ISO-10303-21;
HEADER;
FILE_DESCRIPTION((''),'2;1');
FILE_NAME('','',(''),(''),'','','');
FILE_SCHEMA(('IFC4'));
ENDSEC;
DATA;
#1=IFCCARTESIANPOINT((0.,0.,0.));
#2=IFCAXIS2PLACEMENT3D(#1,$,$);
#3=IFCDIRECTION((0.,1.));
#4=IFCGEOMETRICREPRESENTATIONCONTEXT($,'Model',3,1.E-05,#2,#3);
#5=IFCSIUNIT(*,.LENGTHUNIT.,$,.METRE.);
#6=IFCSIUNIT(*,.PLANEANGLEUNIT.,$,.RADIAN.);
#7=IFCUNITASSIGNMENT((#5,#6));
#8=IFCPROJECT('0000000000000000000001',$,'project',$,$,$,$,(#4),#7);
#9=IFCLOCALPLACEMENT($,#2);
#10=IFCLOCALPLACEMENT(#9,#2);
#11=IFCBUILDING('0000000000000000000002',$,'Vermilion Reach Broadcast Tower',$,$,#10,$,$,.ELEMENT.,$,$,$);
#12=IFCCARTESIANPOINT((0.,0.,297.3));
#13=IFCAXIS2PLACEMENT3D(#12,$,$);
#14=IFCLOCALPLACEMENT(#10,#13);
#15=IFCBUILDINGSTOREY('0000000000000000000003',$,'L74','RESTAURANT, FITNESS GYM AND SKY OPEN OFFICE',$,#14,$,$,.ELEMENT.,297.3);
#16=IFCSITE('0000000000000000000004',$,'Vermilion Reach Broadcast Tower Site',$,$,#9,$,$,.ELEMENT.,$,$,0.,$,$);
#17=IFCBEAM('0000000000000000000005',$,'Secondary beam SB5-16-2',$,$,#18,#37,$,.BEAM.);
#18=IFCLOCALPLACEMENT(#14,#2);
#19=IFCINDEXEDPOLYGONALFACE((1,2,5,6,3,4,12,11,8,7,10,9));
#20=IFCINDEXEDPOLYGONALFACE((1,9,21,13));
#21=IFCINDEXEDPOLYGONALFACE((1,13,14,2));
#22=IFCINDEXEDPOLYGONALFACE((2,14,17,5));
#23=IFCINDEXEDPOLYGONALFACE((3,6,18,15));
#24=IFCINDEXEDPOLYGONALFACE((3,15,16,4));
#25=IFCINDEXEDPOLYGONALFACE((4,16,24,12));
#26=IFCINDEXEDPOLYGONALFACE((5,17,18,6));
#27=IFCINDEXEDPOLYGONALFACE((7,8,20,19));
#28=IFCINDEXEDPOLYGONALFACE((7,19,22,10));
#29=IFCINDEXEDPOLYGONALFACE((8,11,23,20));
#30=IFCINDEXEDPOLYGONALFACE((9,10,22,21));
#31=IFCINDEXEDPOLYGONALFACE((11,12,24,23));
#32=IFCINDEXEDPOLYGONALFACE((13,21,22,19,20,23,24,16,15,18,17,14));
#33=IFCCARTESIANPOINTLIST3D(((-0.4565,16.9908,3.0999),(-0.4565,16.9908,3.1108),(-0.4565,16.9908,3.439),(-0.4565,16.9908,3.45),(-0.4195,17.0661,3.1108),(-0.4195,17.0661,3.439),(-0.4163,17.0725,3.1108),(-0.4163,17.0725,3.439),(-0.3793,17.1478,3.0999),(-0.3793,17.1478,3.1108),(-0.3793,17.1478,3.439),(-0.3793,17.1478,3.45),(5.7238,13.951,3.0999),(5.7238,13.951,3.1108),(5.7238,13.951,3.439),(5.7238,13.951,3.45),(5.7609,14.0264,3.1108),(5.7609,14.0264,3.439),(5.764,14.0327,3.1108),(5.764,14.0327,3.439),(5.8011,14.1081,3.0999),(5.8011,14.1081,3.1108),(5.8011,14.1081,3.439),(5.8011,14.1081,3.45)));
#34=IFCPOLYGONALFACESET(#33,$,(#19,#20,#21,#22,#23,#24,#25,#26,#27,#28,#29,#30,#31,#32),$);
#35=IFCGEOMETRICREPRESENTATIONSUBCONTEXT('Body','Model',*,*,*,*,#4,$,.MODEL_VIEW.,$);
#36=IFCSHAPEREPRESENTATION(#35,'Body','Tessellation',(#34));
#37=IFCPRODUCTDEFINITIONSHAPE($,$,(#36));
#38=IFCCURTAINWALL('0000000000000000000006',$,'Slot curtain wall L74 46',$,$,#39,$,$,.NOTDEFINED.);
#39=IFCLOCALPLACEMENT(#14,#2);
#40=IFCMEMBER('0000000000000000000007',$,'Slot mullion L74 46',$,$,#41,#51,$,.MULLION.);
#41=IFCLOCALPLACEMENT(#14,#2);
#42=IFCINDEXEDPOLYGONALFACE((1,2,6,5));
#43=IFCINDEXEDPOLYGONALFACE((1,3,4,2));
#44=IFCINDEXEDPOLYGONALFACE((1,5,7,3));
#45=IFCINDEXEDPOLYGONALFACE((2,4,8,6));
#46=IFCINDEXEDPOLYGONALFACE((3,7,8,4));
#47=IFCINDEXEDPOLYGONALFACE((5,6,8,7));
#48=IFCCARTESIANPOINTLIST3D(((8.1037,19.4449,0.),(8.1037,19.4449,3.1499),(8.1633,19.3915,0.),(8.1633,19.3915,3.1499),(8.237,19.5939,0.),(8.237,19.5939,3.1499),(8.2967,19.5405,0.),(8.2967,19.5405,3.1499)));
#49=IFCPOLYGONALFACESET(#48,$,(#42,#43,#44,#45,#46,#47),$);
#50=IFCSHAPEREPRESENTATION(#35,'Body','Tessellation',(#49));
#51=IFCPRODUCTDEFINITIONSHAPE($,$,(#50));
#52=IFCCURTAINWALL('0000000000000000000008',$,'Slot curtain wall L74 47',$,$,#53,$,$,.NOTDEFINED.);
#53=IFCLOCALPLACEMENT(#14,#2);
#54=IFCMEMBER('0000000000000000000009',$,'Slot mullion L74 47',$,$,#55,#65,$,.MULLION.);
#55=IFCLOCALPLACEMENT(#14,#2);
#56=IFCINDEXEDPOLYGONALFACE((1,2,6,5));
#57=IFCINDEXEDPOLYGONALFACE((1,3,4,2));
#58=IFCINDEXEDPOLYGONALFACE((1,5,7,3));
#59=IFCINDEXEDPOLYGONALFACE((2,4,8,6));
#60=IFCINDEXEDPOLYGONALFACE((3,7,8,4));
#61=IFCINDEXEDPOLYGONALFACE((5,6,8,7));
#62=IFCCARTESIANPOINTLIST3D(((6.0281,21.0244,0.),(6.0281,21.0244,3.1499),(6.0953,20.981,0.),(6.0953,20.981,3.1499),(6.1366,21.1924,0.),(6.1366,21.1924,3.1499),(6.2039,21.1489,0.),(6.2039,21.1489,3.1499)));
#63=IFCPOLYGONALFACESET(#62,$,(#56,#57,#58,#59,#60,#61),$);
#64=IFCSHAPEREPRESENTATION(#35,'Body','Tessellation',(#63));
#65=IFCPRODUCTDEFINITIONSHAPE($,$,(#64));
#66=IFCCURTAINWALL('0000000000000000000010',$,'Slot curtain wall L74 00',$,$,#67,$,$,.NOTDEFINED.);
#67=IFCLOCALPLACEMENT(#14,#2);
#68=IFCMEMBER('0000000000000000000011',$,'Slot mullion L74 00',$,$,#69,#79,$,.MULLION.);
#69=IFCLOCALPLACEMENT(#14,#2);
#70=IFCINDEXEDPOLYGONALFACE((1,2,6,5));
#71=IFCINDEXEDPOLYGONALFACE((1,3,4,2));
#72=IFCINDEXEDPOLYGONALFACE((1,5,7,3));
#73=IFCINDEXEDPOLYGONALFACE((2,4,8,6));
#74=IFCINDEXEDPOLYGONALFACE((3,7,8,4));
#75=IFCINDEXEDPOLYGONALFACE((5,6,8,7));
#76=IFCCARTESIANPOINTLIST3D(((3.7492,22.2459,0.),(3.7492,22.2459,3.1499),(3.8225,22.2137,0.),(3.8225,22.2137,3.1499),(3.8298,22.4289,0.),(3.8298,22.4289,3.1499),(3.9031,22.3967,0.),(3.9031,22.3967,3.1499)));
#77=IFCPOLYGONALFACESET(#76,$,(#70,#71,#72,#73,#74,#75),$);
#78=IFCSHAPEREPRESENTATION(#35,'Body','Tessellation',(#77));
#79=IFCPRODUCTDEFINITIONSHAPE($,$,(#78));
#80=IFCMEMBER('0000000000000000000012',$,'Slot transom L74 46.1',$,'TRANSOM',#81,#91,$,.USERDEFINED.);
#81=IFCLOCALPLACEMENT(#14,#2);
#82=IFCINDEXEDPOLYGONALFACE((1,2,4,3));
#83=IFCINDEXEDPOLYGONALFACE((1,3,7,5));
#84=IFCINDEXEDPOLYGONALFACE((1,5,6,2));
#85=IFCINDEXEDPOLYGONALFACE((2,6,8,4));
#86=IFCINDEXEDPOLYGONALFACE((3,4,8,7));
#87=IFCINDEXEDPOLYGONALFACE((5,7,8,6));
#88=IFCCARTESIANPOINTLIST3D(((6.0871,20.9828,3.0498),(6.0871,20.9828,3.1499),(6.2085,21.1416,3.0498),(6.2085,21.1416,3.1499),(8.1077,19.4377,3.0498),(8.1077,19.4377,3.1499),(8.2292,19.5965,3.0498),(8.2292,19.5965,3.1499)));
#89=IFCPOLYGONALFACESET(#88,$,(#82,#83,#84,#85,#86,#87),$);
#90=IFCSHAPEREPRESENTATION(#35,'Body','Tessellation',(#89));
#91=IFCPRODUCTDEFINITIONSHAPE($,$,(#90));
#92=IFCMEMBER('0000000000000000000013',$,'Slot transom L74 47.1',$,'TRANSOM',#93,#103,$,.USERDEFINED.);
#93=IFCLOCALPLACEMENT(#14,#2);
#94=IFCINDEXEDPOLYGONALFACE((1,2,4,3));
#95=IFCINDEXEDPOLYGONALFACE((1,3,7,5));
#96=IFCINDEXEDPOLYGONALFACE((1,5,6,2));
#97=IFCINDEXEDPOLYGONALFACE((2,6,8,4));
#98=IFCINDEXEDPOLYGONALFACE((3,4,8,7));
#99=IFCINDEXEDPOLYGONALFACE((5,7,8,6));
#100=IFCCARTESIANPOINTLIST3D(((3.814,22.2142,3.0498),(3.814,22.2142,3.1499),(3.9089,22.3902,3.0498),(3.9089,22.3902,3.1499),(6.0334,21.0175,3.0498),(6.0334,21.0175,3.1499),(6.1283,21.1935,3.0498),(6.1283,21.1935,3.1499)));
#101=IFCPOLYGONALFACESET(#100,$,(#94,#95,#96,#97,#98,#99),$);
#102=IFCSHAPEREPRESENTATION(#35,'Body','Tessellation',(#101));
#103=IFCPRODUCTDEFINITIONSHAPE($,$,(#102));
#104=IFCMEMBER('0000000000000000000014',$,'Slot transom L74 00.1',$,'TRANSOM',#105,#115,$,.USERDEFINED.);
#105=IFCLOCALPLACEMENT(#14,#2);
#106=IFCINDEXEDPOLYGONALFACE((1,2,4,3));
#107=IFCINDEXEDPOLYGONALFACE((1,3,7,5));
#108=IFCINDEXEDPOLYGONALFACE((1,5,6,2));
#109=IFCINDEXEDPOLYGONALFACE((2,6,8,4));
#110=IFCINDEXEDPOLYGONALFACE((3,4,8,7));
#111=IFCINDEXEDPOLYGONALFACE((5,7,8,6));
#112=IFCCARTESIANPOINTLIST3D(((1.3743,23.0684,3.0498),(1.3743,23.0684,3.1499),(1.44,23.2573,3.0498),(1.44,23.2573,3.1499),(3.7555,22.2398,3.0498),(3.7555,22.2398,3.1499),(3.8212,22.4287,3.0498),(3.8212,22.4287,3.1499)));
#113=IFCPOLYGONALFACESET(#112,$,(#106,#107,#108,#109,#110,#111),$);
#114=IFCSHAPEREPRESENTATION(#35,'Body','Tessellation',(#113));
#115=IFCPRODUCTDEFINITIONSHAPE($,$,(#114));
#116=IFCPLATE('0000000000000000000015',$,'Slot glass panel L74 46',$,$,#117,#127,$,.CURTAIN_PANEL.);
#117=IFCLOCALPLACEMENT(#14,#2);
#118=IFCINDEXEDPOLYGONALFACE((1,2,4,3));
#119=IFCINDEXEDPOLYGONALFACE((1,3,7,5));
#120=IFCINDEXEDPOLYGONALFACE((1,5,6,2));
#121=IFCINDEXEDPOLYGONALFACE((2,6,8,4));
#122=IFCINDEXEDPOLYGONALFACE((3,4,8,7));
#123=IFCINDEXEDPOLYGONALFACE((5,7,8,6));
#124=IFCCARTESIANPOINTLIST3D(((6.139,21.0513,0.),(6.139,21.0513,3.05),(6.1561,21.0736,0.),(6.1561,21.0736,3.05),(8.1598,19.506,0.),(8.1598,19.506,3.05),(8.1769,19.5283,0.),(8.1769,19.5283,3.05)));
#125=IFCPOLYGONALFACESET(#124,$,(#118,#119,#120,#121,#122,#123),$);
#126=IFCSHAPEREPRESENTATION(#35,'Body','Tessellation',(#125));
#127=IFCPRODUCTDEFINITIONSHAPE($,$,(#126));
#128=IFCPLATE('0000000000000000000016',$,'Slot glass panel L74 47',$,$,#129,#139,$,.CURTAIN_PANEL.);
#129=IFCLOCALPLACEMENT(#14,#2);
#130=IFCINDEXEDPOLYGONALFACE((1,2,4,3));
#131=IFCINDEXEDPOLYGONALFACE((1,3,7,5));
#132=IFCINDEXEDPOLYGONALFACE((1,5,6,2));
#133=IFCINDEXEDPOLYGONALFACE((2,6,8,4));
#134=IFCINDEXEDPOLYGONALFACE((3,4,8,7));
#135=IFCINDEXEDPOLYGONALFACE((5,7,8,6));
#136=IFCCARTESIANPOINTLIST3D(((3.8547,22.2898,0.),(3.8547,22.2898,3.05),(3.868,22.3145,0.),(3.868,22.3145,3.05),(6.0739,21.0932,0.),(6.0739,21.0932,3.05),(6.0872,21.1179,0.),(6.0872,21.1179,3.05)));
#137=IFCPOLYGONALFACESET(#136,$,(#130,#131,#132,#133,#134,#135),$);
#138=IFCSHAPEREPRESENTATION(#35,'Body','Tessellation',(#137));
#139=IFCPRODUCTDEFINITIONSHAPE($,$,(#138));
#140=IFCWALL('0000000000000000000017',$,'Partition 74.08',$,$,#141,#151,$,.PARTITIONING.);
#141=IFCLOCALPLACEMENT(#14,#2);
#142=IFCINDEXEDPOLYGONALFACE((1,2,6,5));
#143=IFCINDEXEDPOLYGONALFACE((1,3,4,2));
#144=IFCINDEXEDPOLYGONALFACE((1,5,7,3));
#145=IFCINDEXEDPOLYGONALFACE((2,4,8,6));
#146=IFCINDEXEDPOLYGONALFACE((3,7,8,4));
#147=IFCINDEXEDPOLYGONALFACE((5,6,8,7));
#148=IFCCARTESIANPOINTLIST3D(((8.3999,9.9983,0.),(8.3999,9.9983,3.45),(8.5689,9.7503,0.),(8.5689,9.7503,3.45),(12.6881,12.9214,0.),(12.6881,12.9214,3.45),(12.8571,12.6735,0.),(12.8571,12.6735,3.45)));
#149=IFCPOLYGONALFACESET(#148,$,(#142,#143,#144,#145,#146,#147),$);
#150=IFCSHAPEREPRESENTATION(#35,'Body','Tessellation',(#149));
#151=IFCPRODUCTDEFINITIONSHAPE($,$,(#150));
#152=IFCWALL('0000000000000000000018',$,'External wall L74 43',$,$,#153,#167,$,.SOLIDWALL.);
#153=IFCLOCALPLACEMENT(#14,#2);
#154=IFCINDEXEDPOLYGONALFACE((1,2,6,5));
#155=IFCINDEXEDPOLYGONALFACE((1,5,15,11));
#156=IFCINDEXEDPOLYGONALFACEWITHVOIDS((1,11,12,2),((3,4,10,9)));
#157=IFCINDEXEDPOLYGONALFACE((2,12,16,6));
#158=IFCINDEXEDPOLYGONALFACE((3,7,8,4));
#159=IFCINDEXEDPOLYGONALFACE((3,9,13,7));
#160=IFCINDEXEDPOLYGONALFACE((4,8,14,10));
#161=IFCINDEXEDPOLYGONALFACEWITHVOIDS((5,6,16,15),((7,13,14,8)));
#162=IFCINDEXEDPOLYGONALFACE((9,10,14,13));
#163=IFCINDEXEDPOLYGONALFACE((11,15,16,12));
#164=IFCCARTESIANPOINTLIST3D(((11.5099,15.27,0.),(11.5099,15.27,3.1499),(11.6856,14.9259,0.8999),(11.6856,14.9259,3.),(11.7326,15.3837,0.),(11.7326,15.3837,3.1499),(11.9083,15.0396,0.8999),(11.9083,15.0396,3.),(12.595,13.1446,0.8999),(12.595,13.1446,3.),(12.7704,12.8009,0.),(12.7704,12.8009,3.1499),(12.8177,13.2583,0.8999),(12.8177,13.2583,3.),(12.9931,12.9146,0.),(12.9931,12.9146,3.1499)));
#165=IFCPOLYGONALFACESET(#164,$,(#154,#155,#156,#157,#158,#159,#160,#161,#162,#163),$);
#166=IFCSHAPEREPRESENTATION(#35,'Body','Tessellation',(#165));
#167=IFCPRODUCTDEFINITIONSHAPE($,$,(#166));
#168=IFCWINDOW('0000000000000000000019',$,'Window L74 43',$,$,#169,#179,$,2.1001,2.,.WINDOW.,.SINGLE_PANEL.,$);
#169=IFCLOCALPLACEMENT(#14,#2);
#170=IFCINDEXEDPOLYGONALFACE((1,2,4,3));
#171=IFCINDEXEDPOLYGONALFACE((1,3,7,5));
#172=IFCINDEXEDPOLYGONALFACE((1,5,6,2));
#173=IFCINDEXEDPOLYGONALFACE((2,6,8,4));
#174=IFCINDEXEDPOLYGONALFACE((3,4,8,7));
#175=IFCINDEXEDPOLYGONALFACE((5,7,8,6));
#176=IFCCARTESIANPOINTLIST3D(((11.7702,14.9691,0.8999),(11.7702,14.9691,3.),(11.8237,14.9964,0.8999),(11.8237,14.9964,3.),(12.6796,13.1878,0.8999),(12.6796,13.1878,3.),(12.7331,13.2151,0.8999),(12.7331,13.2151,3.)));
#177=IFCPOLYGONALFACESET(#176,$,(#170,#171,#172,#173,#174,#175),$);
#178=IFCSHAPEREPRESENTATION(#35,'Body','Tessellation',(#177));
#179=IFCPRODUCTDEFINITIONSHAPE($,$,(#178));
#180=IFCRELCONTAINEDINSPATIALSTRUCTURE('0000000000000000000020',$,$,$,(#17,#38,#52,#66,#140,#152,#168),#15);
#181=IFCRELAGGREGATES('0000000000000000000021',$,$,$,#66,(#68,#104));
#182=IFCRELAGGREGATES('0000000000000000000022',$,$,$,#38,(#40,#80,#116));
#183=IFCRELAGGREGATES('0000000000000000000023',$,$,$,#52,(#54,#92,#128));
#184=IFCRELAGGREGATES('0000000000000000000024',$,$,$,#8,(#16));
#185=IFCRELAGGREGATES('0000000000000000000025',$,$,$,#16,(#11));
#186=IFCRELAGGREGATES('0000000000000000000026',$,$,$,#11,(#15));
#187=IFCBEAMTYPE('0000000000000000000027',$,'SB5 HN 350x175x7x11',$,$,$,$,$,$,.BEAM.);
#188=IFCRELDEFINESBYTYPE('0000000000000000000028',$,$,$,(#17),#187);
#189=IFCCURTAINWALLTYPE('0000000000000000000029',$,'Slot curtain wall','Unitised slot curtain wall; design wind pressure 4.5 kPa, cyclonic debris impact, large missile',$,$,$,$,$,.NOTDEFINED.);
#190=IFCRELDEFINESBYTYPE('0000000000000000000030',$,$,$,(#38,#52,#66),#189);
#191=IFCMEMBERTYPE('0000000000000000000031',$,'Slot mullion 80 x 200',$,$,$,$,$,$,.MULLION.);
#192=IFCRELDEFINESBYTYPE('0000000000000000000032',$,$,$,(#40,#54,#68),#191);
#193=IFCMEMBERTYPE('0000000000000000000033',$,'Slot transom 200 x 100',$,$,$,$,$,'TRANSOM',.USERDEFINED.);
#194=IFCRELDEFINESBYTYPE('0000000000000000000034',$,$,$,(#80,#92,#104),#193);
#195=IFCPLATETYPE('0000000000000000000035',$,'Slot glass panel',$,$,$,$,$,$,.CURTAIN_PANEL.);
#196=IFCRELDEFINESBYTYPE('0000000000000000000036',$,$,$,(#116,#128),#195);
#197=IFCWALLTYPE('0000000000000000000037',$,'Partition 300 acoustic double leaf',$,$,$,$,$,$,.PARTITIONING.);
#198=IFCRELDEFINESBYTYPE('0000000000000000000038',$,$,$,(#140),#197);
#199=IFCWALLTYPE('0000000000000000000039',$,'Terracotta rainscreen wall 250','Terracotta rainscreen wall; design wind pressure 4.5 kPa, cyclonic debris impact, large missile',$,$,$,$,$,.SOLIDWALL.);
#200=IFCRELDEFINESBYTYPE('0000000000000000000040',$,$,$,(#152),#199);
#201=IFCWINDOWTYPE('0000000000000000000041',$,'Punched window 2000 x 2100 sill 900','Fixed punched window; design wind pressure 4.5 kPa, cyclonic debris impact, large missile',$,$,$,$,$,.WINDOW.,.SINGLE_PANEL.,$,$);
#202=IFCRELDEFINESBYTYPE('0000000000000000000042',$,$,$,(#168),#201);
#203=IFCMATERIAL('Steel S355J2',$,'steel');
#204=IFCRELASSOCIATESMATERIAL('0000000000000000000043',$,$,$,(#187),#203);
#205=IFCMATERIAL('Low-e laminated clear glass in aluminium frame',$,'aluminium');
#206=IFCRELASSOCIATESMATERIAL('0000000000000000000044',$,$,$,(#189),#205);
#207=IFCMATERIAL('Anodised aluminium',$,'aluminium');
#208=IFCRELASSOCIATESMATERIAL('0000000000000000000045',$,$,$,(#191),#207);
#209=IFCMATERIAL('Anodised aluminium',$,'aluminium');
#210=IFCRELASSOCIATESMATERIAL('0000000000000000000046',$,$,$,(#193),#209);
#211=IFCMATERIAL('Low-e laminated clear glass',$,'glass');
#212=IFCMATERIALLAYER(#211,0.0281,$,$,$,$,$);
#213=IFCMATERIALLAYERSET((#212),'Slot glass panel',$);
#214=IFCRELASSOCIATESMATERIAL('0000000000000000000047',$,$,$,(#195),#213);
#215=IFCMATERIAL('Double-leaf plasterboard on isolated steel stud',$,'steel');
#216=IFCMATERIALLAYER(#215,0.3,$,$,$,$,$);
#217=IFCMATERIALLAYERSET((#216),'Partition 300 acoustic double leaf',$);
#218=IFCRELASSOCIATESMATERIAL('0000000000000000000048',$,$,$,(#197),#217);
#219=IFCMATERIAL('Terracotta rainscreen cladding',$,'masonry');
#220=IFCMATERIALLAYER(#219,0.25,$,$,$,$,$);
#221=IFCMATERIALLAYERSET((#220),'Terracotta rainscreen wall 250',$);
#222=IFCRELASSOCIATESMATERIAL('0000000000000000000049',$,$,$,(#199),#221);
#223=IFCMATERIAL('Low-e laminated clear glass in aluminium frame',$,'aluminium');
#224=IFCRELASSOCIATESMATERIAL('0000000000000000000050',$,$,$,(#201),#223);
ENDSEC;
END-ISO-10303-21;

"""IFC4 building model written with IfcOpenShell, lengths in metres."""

from ifc_helpers import new_model, si_unit, direction, frame, frame_2d, origin, origin_2d, place, context, subcontext, project, spatial, rectangle, i_section, extrude, material, layer, layer_set, material_profile, profile_set, type_object, element, fill, aggregate, save


model = new_model("IFC4")

# Units and contexts
model_context = context("Model", 3, precision=1e-05, world=origin(), true_north=direction((0.0, 1.0)))
body_context = subcontext(model_context, "Body", "Model", "MODEL_VIEW")
ifc_project = project(units=[si_unit("LENGTHUNIT", "METRE"), si_unit("PLANEANGLEUNIT", "RADIAN")], contexts=[model_context])

# Site, building, storey
site_placement = place(None, origin())
site = spatial("IfcSite", under=ifc_project, at=site_placement, Name="Vermilion Reach Broadcast Tower Site", CompositionType="ELEMENT", RefElevation=0.0)
building_placement = place(site_placement, origin())
building = spatial("IfcBuilding", under=site, at=building_placement, Name="Vermilion Reach Broadcast Tower", CompositionType="ELEMENT")
storey_placement = place(building_placement, frame((0.0, 0.0, 297.3)))
storey = spatial("IfcBuildingStorey", under=building, at=storey_placement, Name="L74", Description="RESTAURANT, FITNESS GYM AND SKY OPEN OFFICE", CompositionType="ELEMENT", Elevation=297.3)

# Beam
ifc_material_1 = material(Name="Steel S355J2", Category="steel")
ifc_material_profile_1 = material_profile(ifc_material_1, i_section(OverallWidth=0.175, OverallDepth=0.3501, WebThickness=0.0071, FlangeThickness=0.011, at=origin_2d()), Name="S355J2 HN 350x175x7x11")
ifc_profile_set_1 = profile_set([ifc_material_profile_1], Name="Steel S355J2")
beam_type_1 = type_object("IfcBeamType", Name="SB5 HN 350x175x7x11", PredefinedType="BEAM", material=ifc_profile_set_1)
beam_1_placement = place(storey_placement, frame((5.7625, 14.0295, 3.2749), z_axis=(-0.897336, 0.441348, 0.0), x_axis=(-0.441348, -0.897336, 0.0)))
element("IfcBeam", 1, at=beam_1_placement, inside=storey, type_object=beam_type_1, Name="Secondary beam SB5-16-2", PredefinedType="BEAM", context=body_context, shape_type="SweptSolid", body=[
    extrude(i_section(OverallWidth=0.175, OverallDepth=0.3501, WebThickness=0.0071, FlangeThickness=0.011, at=origin_2d()), origin(), (0.0, 0.0, 1.0), 6.8875),
])

# Curtain walls, members
ifc_material_2 = material(Name="Low-e laminated clear glass in aluminium frame", Category="aluminium")
curtain_wall_type = type_object("IfcCurtainWallType", Name="Slot curtain wall", Description="Unitised slot curtain wall; design wind pressure 4.5 kPa, cyclonic debris impact, large missile", PredefinedType="NOTDEFINED", material=ifc_material_2)
placement = place(storey_placement, origin())
curtain_wall_1 = element("IfcCurtainWall", 2, at=placement, inside=storey, type_object=curtain_wall_type, Name="Slot curtain wall L74 46", PredefinedType="NOTDEFINED")
ifc_material_3 = material(Name="Anodised aluminium", Category="aluminium")
ifc_material_profile_2 = material_profile(ifc_material_3, rectangle(XDim=0.2, YDim=0.0801, at=origin_2d()), Name="Slot mullion 80 x 200")
ifc_profile_set_2 = profile_set([ifc_material_profile_2], Name="Anodised aluminium")
member_type_1 = type_object("IfcMemberType", Name="Slot mullion 80 x 200", PredefinedType="MULLION", material=ifc_profile_set_2)
member_1_placement = place(storey_placement, frame((8.2002, 19.4927, 0.0), z_axis=(0.0, 0.0, 1.0), x_axis=(-0.666968, -0.745086, 0.0)))
member_1 = element("IfcMember", 3, at=member_1_placement, type_object=member_type_1, Name="Slot mullion L74 46", PredefinedType="MULLION", context=body_context, shape_type="SweptSolid", body=[
    extrude(rectangle(XDim=0.2, YDim=0.0801, at=origin_2d()), origin(), (0.0, 0.0, 1.0), 3.1499),
])
curtain_wall_2 = element("IfcCurtainWall", 4, at=placement, inside=storey, type_object=curtain_wall_type, Name="Slot curtain wall L74 47", PredefinedType="NOTDEFINED")
member_2_placement = place(storey_placement, frame((6.116, 21.0867, 0.0), z_axis=(0.0, 0.0, 1.0), x_axis=(-0.542719, -0.839914, 0.0)))
member_2 = element("IfcMember", 5, at=member_2_placement, type_object=member_type_1, Name="Slot mullion L74 47", PredefinedType="MULLION", context=body_context, shape_type="SweptSolid", body=[
    extrude(rectangle(XDim=0.2, YDim=0.0801, at=origin_2d()), origin(), (0.0, 0.0, 1.0), 3.1499),
])
curtain_wall_3 = element("IfcCurtainWall", 6, at=placement, inside=storey, type_object=curtain_wall_type, Name="Slot curtain wall L74 00", PredefinedType="NOTDEFINED")
member_3_placement = place(storey_placement, frame((3.8262, 22.3213, 0.0), z_axis=(0.0, 0.0, 1.0), x_axis=(-0.402906, -0.915241, 0.0)))
member_3 = element("IfcMember", 7, at=member_3_placement, type_object=member_type_1, Name="Slot mullion L74 00", PredefinedType="MULLION", context=body_context, shape_type="SweptSolid", body=[
    extrude(rectangle(XDim=0.2, YDim=0.0801, at=origin_2d()), origin(), (0.0, 0.0, 1.0), 3.1499),
])

# Members
ifc_material_4 = material(Name="Anodised aluminium", Category="aluminium")
ifc_material_profile_3 = material_profile(ifc_material_4, rectangle(XDim=0.2, YDim=0.1001, at=origin_2d()), Name="Slot transom 200 x 100")
ifc_profile_set_3 = profile_set([ifc_material_profile_3], Name="Anodised aluminium")
member_type_2 = type_object("IfcMemberType", Name="Slot transom 200 x 100", ElementType="TRANSOM", PredefinedType="USERDEFINED", material=ifc_profile_set_3)
member_4_placement = place(storey_placement, frame((8.1685, 19.5171, 3.0999), z_axis=(-0.79438, 0.607422, 0.0), x_axis=(-0.607422, -0.79438, 0.0)))
member_4 = element("IfcMember", 8, at=member_4_placement, type_object=member_type_2, Name="Slot transom L74 46.1", ObjectType="TRANSOM", PredefinedType="USERDEFINED", context=body_context, shape_type="SweptSolid", body=[
    extrude(rectangle(XDim=0.2, YDim=0.1001, at=origin_2d()), origin(), (0.0, 0.0, 1.0), 2.5437),
])
member_5_placement = place(storey_placement, frame((6.0808, 21.1055, 3.0999), z_axis=(-0.880194, 0.474614, 0.0), x_axis=(-0.474614, -0.880194, 0.0)))
member_5 = element("IfcMember", 9, at=member_5_placement, type_object=member_type_2, Name="Slot transom L74 47.1", ObjectType="TRANSOM", PredefinedType="USERDEFINED", context=body_context, shape_type="SweptSolid", body=[
    extrude(rectangle(XDim=0.2, YDim=0.1001, at=origin_2d()), origin(), (0.0, 0.0, 1.0), 2.5215),
])
member_6_placement = place(storey_placement, frame((3.7883, 22.3342, 3.0999), z_axis=(-0.944447, 0.328663, 0.0), x_axis=(-0.328663, -0.944447, 0.0)))
member_6 = element("IfcMember", 10, at=member_6_placement, type_object=member_type_2, Name="Slot transom L74 00.1", ObjectType="TRANSOM", PredefinedType="USERDEFINED", context=body_context, shape_type="SweptSolid", body=[
    extrude(rectangle(XDim=0.2, YDim=0.1001, at=origin_2d()), origin(), (0.0, 0.0, 1.0), 2.5212),
])
aggregate(curtain_wall_3, [member_3, member_6])

# Plates
ifc_material_5 = material(Name="Low-e laminated clear glass", Category="glass")
ifc_layer_1 = layer(ifc_material_5, 0.0281)
ifc_layer_set_1 = layer_set([ifc_layer_1], Name="Slot glass panel")
plate_type = type_object("IfcPlateType", Name="Slot glass panel", PredefinedType="CURTAIN_PANEL", material=ifc_layer_set_1)
plate_1_placement = place(storey_placement, frame((7.158, 20.2898, 0.0), z_axis=(0.0, 0.0, 1.0), x_axis=(-0.794366, 0.607439, 0.0)))
plate_1 = element("IfcPlate", 11, at=plate_1_placement, type_object=plate_type, Name="Slot glass panel L74 46", PredefinedType="CURTAIN_PANEL", context=body_context, shape_type="SweptSolid", body=[
    extrude(rectangle(XDim=2.5439, YDim=0.0281, at=origin_2d()), origin(), (0.0, 0.0, 1.0), 3.05),
])
aggregate(curtain_wall_1, [member_1, member_4, plate_1])
plate_2_placement = place(storey_placement, frame((4.9709, 21.7039, 0.0), z_axis=(0.0, 0.0, 1.0), x_axis=(-0.880202, 0.474599, 0.0)))
plate_2 = element("IfcPlate", 12, at=plate_2_placement, type_object=plate_type, Name="Slot glass panel L74 47", PredefinedType="CURTAIN_PANEL", context=body_context, shape_type="SweptSolid", body=[
    extrude(rectangle(XDim=2.5212, YDim=0.0281, at=origin_2d()), origin(), (0.0, 0.0, 1.0), 3.05),
])
aggregate(curtain_wall_2, [member_2, member_5, plate_2])

# Wall
ifc_material_6 = material(Name="Double-leaf plasterboard on isolated steel stud", Category="steel")
ifc_layer_2 = layer(ifc_material_6, 0.3)
ifc_layer_set_2 = layer_set([ifc_layer_2], Name="Partition 300 acoustic double leaf")
wall_type_1 = type_object("IfcWallType", Name="Partition 300 acoustic double leaf", PredefinedType="PARTITIONING", material=ifc_layer_set_2)
wall_1_placement = place(storey_placement, frame((12.7725, 12.7974, 0.0), z_axis=(0.0, 0.0, 1.0), x_axis=(-0.826281, -0.563258, 0.0)))
element("IfcWall", 13, at=wall_1_placement, inside=storey, type_object=wall_type_1, Name="Partition 74.08", PredefinedType="PARTITIONING", context=body_context, shape_type="SweptSolid", body=[
    extrude(rectangle(XDim=5.1897, YDim=0.3, at=frame_2d((2.5947, 0.0))), origin(), (0.0, 0.0, 1.0), 3.45),
])

# Wall, opening, window
ifc_material_7 = material(Name="Terracotta rainscreen cladding", Category="masonry")
ifc_layer_3 = layer(ifc_material_7, 0.25)
ifc_layer_set_3 = layer_set([ifc_layer_3], Name="Terracotta rainscreen wall 250")
wall_type_2 = type_object("IfcWallType", Name="Terracotta rainscreen wall 250", Description="Terracotta rainscreen wall; design wind pressure 4.5 kPa, cyclonic debris impact, large missile", PredefinedType="SOLIDWALL", material=ifc_layer_set_3)
wall_2_placement = place(storey_placement, frame((12.8818, 12.8577, 0.0), z_axis=(0.0, 0.0, 1.0), x_axis=(-0.454701, 0.890644, 0.0)))
wall_2 = element("IfcWall", 14, at=wall_2_placement, inside=storey, type_object=wall_type_2, Name="External wall L74 43", PredefinedType="SOLIDWALL", context=body_context, shape_type="SweptSolid", body=[
    extrude(rectangle(XDim=2.7722, YDim=0.25, at=frame_2d((1.3862, 0.0))), origin(), (0.0, 0.0, 1.0), 3.1499),
])
opening_1_placement = place(wall_2_placement, frame((0.386, 0.0, 0.8999)))
opening_1 = element("IfcOpeningElement", 15, at=opening_1_placement, cuts=wall_2, PredefinedType="OPENING", context=body_context, shape_type="SweptSolid", body=[
    extrude(rectangle(XDim=2.0, YDim=2.1001, at=frame_2d((1.0, 1.05))), frame((0.0, 0.135, 0.0), z_axis=(0.0, -1.0, 0.0), x_axis=(1.0, 0.0, 0.0)), (0.0, 0.0, 1.0), 0.27),
])
ifc_material_8 = material(Name="Low-e laminated clear glass in aluminium frame", Category="aluminium")
window_type = type_object("IfcWindowType", Name="Punched window 2000 x 2100 sill 900", Description="Fixed punched window; design wind pressure 4.5 kPa, cyclonic debris impact, large missile", PartitioningType="SINGLE_PANEL", PredefinedType="WINDOW", material=ifc_material_8)
window_placement = place(opening_1_placement, origin())
window = element("IfcWindow", 16, at=window_placement, inside=storey, type_object=window_type, Name="Window L74 43", OverallHeight=2.1001, OverallWidth=2.0, PartitioningType="SINGLE_PANEL", PredefinedType="WINDOW", context=body_context, shape_type="SweptSolid", body=[
    extrude(rectangle(XDim=2.0, YDim=2.1001, at=frame_2d((1.0, 1.05))), frame((0.0, 0.03, 0.0), z_axis=(0.0, -1.0, 0.0), x_axis=(1.0, 0.0, 0.0)), (0.0, 0.0, 1.0), 0.0601),
])
fill(opening_1, window)

save(model, "model.ifc")
